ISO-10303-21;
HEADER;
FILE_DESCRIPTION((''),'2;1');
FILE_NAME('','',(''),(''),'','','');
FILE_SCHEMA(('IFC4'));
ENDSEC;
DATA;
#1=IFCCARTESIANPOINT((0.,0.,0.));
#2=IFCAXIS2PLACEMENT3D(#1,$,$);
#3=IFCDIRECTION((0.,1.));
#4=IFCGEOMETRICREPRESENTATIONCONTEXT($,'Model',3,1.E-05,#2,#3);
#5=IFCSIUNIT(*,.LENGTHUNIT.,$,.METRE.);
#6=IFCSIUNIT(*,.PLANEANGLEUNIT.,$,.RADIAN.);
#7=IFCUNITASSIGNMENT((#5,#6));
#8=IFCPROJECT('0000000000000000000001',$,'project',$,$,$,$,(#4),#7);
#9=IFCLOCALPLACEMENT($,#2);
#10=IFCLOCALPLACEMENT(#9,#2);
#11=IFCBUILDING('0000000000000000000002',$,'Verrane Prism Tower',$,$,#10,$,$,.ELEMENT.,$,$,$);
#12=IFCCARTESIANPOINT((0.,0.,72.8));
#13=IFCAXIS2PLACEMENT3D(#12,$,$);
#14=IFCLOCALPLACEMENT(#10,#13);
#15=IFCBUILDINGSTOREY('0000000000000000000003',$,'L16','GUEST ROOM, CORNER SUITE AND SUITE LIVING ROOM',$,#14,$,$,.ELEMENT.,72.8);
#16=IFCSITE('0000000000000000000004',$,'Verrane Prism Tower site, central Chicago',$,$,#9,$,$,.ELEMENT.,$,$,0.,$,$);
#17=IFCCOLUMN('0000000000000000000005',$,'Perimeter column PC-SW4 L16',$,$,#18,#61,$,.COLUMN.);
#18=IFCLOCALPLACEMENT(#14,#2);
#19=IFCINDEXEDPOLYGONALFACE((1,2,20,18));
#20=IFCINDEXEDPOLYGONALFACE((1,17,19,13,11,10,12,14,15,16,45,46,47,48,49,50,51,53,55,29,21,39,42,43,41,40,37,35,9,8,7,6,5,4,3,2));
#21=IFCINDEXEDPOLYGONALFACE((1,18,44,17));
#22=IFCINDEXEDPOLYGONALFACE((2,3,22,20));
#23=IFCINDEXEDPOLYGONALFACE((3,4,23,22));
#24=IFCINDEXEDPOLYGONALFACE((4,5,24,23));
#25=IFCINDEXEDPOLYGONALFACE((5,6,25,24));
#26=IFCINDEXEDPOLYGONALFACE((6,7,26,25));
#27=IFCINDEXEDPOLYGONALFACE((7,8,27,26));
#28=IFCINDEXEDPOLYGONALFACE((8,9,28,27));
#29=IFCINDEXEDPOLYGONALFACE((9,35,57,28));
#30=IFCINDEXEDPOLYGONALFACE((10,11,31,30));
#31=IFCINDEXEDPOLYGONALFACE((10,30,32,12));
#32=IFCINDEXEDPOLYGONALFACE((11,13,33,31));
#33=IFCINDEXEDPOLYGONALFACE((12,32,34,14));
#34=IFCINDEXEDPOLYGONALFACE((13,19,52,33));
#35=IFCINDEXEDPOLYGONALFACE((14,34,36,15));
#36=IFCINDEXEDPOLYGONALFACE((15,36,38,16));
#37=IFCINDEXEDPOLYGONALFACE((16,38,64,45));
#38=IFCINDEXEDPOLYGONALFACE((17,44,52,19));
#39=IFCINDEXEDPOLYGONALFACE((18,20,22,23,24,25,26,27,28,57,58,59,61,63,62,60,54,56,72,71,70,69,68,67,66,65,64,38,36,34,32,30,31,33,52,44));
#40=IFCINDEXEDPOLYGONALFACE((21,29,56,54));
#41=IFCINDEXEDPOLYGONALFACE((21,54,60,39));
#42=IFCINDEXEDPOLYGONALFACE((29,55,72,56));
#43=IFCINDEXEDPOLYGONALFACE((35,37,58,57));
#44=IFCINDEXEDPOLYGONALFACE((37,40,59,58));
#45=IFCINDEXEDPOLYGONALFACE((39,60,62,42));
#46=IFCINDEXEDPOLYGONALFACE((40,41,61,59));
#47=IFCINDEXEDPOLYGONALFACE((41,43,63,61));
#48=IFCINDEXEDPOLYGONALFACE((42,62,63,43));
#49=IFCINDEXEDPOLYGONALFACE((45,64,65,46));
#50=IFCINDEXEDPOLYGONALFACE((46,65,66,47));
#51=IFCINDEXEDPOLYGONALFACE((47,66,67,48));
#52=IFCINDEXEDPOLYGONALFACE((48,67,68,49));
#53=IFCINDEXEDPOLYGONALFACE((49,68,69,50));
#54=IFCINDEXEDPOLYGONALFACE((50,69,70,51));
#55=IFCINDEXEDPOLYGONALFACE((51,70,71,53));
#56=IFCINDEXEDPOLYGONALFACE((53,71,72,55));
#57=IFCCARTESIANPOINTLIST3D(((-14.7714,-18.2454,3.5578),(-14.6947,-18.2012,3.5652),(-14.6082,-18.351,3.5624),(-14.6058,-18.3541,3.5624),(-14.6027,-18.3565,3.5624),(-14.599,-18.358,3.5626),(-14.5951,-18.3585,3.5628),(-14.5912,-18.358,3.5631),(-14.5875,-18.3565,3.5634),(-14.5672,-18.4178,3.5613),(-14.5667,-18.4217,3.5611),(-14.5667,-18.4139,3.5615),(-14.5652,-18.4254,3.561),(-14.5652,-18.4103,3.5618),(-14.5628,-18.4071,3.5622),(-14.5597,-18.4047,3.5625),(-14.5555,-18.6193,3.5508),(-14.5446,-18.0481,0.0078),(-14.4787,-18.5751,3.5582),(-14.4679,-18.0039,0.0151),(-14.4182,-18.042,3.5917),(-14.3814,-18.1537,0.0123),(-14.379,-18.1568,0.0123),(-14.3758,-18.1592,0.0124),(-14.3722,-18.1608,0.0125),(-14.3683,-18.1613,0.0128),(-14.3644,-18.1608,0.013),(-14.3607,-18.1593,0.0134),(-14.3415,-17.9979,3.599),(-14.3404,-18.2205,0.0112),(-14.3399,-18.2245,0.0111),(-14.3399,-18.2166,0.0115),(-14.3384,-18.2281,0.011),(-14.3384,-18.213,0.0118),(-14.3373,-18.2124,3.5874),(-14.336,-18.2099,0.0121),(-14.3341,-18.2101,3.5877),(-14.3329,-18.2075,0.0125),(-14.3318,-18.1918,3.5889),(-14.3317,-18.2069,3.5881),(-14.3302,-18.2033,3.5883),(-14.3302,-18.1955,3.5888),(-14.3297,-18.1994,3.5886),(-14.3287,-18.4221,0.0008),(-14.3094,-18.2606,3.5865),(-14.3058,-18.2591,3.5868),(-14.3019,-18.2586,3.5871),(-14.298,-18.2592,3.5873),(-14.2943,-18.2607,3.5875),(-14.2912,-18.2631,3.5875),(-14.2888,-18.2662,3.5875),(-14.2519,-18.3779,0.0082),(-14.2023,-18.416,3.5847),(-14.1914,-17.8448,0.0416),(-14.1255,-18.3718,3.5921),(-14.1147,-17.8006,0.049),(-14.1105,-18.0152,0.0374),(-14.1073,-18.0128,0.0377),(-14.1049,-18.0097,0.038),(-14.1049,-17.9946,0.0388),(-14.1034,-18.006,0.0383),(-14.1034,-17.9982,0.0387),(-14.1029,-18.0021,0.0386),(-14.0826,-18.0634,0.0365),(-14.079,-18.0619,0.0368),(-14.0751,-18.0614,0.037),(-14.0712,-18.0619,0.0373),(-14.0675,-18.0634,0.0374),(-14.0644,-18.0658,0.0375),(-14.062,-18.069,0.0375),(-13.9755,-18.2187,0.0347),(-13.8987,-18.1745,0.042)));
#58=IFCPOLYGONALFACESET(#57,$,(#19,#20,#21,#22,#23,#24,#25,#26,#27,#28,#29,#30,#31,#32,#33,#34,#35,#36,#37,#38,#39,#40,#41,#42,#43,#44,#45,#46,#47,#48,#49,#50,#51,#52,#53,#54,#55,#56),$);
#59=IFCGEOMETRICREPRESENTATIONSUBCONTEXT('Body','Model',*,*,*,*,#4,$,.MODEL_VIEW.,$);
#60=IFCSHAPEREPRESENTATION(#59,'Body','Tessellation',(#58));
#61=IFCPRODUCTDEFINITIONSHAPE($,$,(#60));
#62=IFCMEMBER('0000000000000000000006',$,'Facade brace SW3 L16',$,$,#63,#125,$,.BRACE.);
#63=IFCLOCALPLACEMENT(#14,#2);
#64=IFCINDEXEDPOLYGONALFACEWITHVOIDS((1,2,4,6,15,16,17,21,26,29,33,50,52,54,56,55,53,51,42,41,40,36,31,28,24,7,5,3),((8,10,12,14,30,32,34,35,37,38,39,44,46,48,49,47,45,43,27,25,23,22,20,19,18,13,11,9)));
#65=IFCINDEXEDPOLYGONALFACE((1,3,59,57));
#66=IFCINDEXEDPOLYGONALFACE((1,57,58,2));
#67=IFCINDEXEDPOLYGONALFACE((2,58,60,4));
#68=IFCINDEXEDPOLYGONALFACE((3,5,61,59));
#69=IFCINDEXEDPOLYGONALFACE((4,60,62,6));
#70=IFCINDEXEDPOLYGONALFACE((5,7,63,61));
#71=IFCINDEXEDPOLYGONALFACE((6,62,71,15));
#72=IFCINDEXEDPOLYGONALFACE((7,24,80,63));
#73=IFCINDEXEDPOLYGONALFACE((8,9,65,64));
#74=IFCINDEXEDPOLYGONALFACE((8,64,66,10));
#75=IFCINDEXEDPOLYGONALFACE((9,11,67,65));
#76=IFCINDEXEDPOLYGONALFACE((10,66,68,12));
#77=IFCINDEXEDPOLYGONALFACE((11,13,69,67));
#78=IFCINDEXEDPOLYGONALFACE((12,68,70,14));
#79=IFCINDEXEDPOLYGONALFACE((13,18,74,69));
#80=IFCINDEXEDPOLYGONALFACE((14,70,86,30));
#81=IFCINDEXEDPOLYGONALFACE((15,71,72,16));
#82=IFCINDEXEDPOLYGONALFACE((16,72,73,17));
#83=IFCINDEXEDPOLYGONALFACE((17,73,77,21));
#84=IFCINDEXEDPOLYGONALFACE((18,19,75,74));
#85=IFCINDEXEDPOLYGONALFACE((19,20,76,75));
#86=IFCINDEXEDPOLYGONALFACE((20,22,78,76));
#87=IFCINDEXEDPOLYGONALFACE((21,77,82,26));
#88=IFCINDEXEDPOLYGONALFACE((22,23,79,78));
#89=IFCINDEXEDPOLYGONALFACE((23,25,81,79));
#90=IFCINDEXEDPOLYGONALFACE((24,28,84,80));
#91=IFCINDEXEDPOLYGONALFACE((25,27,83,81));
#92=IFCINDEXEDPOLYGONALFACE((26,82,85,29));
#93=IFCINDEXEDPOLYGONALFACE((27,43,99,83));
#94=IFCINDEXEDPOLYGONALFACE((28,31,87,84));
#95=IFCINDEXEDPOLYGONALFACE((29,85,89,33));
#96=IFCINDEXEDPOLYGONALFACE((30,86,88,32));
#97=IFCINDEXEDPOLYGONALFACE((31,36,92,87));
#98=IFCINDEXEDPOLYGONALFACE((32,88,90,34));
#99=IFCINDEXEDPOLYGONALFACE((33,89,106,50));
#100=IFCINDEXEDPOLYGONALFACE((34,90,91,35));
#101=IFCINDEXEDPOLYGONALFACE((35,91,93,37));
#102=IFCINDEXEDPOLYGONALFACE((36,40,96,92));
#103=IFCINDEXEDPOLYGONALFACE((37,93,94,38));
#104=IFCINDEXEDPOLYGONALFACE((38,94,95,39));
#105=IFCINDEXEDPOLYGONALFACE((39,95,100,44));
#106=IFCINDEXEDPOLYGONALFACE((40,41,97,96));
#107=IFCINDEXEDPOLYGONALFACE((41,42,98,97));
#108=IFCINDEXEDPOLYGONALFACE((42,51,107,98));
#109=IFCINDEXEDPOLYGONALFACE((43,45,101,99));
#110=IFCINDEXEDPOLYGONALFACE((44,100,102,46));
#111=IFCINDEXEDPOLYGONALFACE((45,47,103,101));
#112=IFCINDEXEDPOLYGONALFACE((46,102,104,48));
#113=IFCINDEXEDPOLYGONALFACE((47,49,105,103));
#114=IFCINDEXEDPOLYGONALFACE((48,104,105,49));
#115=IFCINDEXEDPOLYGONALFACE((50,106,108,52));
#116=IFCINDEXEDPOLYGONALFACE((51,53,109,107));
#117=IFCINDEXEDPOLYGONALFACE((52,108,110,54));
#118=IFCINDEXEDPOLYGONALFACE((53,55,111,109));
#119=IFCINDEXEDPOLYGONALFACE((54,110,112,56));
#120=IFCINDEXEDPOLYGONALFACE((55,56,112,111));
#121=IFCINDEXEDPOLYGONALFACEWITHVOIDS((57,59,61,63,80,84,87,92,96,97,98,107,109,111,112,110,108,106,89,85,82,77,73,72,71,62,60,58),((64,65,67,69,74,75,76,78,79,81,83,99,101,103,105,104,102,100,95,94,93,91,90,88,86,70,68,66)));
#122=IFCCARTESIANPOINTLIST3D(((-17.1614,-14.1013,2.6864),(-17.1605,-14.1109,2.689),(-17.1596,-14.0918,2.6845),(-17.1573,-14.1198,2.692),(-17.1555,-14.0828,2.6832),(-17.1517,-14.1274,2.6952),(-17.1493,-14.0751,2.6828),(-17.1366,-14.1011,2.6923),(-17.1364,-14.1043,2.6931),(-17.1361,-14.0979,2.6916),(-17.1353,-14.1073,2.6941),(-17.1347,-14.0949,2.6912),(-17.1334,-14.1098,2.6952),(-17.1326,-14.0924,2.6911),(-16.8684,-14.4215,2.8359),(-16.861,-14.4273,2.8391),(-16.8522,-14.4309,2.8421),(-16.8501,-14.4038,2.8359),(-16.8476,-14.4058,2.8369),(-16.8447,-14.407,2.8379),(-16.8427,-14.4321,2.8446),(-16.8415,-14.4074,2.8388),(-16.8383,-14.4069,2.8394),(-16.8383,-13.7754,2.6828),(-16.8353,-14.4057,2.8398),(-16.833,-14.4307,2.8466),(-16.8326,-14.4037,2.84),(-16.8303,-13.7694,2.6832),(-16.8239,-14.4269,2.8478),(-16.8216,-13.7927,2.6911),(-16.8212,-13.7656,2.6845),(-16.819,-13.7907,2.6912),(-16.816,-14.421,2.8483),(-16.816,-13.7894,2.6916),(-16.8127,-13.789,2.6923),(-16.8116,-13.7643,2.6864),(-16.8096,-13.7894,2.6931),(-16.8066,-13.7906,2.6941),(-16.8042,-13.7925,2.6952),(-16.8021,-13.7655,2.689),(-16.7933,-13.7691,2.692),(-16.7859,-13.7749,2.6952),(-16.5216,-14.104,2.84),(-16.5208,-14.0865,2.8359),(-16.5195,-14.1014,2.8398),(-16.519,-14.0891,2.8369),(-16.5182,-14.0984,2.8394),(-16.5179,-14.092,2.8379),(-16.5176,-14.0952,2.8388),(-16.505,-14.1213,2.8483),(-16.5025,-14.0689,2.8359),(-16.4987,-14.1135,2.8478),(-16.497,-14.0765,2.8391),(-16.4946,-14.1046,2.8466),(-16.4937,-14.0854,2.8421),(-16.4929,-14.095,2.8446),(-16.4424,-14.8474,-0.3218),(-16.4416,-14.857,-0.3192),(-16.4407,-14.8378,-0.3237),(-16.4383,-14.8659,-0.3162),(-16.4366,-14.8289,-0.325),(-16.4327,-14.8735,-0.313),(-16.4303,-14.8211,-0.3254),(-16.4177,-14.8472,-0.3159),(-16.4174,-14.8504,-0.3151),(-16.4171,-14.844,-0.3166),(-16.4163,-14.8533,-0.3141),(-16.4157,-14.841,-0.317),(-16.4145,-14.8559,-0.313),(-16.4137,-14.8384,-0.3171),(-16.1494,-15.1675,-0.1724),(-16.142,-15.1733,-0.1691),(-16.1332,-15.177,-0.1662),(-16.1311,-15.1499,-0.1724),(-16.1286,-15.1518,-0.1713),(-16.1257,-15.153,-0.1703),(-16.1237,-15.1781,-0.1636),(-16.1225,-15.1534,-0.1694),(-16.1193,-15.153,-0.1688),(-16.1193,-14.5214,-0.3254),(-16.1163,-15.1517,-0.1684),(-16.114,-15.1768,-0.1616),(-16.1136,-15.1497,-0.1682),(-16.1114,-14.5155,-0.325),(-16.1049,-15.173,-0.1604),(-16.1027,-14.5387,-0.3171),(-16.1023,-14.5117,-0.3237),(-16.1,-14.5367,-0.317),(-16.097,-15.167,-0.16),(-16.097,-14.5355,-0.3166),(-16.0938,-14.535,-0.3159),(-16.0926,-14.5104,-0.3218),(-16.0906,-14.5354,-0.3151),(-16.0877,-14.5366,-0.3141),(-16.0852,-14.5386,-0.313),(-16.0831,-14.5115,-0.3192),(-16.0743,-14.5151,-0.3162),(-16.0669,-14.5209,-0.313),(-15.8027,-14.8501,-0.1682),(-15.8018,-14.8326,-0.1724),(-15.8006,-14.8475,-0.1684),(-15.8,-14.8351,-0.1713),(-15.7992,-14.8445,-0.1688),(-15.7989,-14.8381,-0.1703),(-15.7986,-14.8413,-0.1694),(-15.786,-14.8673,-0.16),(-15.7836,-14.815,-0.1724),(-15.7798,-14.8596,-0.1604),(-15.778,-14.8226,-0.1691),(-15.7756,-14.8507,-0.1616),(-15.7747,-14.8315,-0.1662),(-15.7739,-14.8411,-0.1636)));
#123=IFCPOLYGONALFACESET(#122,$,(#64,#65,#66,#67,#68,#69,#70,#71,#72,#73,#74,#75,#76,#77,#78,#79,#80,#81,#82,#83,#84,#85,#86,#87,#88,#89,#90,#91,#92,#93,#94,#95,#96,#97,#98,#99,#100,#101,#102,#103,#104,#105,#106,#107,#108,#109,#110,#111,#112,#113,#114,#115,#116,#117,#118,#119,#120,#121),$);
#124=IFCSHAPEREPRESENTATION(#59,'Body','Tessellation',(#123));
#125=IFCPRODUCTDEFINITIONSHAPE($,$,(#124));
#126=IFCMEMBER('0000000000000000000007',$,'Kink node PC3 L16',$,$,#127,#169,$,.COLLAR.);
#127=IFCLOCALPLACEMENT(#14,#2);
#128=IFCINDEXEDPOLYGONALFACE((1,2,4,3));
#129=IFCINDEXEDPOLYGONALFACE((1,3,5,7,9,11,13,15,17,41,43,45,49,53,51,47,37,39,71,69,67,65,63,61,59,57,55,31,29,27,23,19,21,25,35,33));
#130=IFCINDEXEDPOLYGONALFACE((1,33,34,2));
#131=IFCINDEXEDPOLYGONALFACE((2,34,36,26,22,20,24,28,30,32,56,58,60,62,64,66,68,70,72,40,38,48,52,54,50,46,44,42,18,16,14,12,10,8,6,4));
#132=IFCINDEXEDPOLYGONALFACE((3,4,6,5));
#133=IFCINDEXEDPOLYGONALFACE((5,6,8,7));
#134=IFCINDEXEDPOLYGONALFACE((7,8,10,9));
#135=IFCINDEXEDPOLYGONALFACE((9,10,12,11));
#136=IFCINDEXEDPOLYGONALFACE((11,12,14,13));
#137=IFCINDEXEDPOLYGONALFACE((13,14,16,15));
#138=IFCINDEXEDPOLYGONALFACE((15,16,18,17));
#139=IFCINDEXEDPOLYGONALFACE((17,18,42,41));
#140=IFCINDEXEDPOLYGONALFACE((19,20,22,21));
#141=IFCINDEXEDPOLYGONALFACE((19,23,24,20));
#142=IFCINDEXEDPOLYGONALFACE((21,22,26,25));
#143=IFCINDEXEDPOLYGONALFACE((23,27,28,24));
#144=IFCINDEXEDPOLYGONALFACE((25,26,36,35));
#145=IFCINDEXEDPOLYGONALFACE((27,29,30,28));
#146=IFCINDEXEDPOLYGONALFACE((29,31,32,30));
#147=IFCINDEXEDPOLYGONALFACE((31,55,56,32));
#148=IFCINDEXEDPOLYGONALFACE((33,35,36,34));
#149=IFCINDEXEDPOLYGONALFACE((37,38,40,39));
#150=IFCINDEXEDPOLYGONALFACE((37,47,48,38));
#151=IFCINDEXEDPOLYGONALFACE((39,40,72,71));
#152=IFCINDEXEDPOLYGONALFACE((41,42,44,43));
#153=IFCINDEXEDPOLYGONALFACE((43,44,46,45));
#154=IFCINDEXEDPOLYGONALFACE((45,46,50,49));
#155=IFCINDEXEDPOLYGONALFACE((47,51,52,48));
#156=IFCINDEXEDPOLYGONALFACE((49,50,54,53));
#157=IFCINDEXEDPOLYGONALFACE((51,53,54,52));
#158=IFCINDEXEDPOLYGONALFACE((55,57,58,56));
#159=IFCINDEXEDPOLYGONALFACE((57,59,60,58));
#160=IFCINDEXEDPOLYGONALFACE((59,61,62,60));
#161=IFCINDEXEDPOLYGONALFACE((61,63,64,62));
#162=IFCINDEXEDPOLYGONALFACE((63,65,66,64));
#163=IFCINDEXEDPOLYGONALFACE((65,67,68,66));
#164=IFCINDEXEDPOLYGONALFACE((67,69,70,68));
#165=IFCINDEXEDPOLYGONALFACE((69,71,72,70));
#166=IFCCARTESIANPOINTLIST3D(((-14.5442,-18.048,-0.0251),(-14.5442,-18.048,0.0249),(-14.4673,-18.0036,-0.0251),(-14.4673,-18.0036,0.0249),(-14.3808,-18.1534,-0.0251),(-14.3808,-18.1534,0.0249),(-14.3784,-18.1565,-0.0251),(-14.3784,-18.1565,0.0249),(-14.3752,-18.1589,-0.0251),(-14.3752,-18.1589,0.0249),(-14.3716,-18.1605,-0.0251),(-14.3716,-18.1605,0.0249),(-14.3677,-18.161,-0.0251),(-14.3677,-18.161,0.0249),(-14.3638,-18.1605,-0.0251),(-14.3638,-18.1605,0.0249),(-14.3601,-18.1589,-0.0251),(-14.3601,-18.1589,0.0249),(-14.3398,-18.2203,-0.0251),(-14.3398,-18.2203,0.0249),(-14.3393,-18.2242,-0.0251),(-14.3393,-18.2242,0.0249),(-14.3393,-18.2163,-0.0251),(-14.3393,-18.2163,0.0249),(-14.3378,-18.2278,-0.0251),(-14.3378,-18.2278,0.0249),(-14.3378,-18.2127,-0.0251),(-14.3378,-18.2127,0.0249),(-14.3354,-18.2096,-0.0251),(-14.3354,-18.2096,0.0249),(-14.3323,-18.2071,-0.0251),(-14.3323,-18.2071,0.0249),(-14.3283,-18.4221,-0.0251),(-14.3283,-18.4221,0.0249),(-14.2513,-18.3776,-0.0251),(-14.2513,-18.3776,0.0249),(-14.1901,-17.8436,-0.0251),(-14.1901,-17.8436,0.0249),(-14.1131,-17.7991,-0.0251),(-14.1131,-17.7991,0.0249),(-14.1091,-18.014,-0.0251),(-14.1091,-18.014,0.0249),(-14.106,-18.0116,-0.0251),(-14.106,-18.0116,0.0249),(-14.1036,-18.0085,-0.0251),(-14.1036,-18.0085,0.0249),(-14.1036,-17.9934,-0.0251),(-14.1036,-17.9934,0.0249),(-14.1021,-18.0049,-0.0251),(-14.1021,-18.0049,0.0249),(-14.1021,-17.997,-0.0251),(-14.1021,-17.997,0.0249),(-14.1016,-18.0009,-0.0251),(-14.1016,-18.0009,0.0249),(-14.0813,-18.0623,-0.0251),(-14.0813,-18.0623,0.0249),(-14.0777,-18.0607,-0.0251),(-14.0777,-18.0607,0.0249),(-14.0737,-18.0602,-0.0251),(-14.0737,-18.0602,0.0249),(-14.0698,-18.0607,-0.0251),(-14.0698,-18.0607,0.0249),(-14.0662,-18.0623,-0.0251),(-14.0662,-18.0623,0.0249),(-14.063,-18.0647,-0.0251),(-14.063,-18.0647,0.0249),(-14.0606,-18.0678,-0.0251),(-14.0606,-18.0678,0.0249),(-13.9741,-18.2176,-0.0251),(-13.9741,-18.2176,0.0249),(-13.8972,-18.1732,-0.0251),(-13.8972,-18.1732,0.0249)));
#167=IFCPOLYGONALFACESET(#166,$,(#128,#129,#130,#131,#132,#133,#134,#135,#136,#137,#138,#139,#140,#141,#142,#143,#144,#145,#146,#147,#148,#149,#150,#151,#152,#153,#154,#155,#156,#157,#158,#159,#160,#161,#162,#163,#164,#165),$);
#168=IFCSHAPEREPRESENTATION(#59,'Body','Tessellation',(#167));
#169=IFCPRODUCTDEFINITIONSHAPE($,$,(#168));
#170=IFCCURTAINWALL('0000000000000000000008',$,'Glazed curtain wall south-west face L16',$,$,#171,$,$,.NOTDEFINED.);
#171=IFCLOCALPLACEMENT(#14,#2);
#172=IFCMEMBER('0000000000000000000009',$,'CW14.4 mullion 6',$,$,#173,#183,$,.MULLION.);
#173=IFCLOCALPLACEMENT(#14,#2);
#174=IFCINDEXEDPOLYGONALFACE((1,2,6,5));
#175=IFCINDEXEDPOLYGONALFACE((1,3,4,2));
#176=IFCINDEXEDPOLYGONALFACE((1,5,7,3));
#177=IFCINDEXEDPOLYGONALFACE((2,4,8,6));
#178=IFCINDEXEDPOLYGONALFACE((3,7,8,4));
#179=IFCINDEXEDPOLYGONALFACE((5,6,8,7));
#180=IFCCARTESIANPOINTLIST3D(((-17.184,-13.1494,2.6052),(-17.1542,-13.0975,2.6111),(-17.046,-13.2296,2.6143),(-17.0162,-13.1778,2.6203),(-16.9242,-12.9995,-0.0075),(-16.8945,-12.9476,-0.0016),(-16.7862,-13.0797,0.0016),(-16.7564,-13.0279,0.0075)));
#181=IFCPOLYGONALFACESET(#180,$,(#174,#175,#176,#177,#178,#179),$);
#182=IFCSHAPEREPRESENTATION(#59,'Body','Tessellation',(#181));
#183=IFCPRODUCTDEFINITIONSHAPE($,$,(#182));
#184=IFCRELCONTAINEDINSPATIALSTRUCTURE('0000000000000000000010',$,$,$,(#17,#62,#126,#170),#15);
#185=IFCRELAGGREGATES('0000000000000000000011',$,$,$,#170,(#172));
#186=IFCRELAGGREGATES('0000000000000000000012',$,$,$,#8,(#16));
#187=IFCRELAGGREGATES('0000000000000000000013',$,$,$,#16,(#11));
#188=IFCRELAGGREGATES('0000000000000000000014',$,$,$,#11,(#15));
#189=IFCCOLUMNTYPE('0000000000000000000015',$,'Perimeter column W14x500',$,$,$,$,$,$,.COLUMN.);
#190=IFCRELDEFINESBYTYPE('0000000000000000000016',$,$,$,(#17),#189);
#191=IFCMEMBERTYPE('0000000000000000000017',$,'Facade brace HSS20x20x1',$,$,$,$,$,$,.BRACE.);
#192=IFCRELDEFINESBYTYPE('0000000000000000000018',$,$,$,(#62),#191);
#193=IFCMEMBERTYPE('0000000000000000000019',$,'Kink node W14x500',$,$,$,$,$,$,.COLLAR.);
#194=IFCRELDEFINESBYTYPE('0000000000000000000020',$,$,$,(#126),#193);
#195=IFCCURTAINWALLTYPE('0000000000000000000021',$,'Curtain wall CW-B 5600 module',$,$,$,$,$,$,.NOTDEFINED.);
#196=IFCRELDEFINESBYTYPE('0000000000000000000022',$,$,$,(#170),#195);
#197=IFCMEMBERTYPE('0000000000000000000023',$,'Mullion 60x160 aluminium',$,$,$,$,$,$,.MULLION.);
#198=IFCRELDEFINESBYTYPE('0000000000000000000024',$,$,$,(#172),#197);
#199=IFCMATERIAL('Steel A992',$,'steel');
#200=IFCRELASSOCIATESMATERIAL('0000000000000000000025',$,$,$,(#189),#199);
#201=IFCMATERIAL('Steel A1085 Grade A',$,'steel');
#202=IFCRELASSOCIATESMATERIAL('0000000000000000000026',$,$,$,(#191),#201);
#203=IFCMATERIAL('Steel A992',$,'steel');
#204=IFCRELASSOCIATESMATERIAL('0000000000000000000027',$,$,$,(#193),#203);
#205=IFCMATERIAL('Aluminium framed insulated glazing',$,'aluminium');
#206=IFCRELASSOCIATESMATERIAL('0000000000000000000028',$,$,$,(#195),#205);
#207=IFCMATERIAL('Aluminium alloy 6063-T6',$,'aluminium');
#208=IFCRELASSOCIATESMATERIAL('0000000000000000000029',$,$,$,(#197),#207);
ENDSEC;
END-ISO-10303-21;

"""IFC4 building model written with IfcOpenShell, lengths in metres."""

from ifc_helpers import new_model, si_unit, direction, frame, origin, origin_2d, place, context, subcontext, project, spatial, rectangle, hollow_rectangle, i_section, extrude, material, material_profile, profile_set, type_object, element, aggregate, save


model = new_model("IFC4")

# Units and contexts
model_context = context("Model", 3, precision=1e-05, world=origin(), true_north=direction((0.0, 1.0)))
body_context = subcontext(model_context, "Body", "Model", "MODEL_VIEW")
ifc_project = project(units=[si_unit("LENGTHUNIT", "METRE"), si_unit("PLANEANGLEUNIT", "RADIAN")], contexts=[model_context])

# Site, building, storey
site_placement = place(None, origin())
site = spatial("IfcSite", under=ifc_project, at=site_placement, Name="Verrane Prism Tower site, central Chicago", CompositionType="ELEMENT", RefElevation=0.0)
building_placement = place(site_placement, origin())
building = spatial("IfcBuilding", under=site, at=building_placement, Name="Verrane Prism Tower", CompositionType="ELEMENT")
storey_placement = place(building_placement, frame((0.0, 0.0, 72.8)))
storey = spatial("IfcBuildingStorey", under=building, at=storey_placement, Name="L16", Description="GUEST ROOM, CORNER SUITE AND SUITE LIVING ROOM", CompositionType="ELEMENT", Elevation=72.8)

# Column
ifc_material_1 = material(Name="Steel A992", Category="steel")
ifc_material_profile_1 = material_profile(ifc_material_1, i_section(OverallWidth=0.4319, OverallDepth=0.4978, WebThickness=0.0557, FlangeThickness=0.0889, FilletRadius=0.0151, at=origin_2d()), Name="W14x500")
ifc_profile_set_1 = profile_set([ifc_material_profile_1], Name="Steel A992")
column_type = type_object("IfcColumnType", Name="Perimeter column W14x500", PredefinedType="COLUMN", material=ifc_profile_set_1)
column_placement = place(storey_placement, frame((-14.2217, -18.1113, 0.0249), z_axis=(-0.063661, -0.055369, 0.996434), x_axis=(-0.500027, 0.865859, 0.016167)))
element("IfcColumn", 1, at=column_placement, inside=storey, type_object=column_type, Name="Perimeter column PC-SW4 L16", PredefinedType="COLUMN", context=body_context, shape_type="SweptSolid", body=[
    extrude(i_section(OverallWidth=0.4319, OverallDepth=0.4978, WebThickness=0.0557, FlangeThickness=0.0889, FilletRadius=0.0151, at=origin_2d()), origin(), (0.0, 0.0, 1.0), 3.5627),
])

# Members
ifc_material_2 = material(Name="Steel A1085 Grade A", Category="steel")
ifc_material_profile_2 = material_profile(ifc_material_2, hollow_rectangle(XDim=0.5081, YDim=0.5081, WallThickness=0.0254, InnerFilletRadius=0.0127, OuterFilletRadius=0.0381, at=origin_2d()), Name="HSS20x20x1")
ifc_profile_set_2 = profile_set([ifc_material_profile_2], Name="Steel A1085 Grade A")
member_type_1 = type_object("IfcMemberType", Name="Facade brace HSS20x20x1", PredefinedType="BRACE", material=ifc_profile_set_2)
member_1_placement = place(storey_placement, frame((-16.1082, -14.8442, -0.2427), z_axis=(-0.225975, 0.234492, 0.945489), x_axis=(-0.720063, -0.693909, 0.0)))
element("IfcMember", 2, at=member_1_placement, inside=storey, type_object=member_type_1, Name="Facade brace SW3 L16", PredefinedType="BRACE", context=body_context, shape_type="SweptSolid", body=[
    extrude(hollow_rectangle(XDim=0.5081, YDim=0.5081, WallThickness=0.0254, InnerFilletRadius=0.0127, OuterFilletRadius=0.0381, at=origin_2d()), origin(), (0.0, 0.0, 1.0), 3.1816),
])
ifc_material_3 = material(Name="Steel A992", Category="steel")
ifc_material_profile_3 = material_profile(ifc_material_3, i_section(OverallWidth=0.4319, OverallDepth=0.4978, WebThickness=0.0557, FlangeThickness=0.0889, FilletRadius=0.0151, at=origin_2d()), Name="W14x500")
ifc_profile_set_3 = profile_set([ifc_material_profile_3], Name="Steel A992")
member_type_2 = type_object("IfcMemberType", Name="Kink node W14x500", PredefinedType="COLLAR", material=ifc_profile_set_3)
member_2_placement = place(storey_placement, frame((-14.2207, -18.1106, -0.0251), z_axis=(0.0, 0.0, 1.0), x_axis=(-0.5, 0.866025, 0.0)))
element("IfcMember", 3, at=member_2_placement, inside=storey, type_object=member_type_2, Name="Kink node PC3 L16", PredefinedType="COLLAR", context=body_context, shape_type="SweptSolid", body=[
    extrude(i_section(OverallWidth=0.4319, OverallDepth=0.4978, WebThickness=0.0557, FlangeThickness=0.0889, FilletRadius=0.0151, at=origin_2d()), origin(), (0.0, 0.0, 1.0), 0.05),
])

# Curtain wall, member
ifc_material_4 = material(Name="Aluminium framed insulated glazing", Category="aluminium")
curtain_wall_type = type_object("IfcCurtainWallType", Name="Curtain wall CW-B 5600 module", PredefinedType="NOTDEFINED", material=ifc_material_4)
curtain_wall_placement = place(storey_placement, origin())
curtain_wall = element("IfcCurtainWall", 4, at=curtain_wall_placement, inside=storey, type_object=curtain_wall_type, Name="Glazed curtain wall south-west face L16", PredefinedType="NOTDEFINED")
ifc_material_5 = material(Name="Aluminium alloy 6063-T6", Category="aluminium")
ifc_material_profile_4 = material_profile(ifc_material_5, rectangle(XDim=0.1599, YDim=0.0601, at=origin_2d()), Name="Mullion 60x160 aluminium")
ifc_profile_set_4 = profile_set([ifc_material_profile_4], Name="Aluminium alloy 6063-T6")
member_type_3 = type_object("IfcMemberType", Name="Mullion 60x160 aluminium", PredefinedType="MULLION", material=ifc_profile_set_4)
member_3_placement = place(storey_placement, frame((-16.8403, -13.0137, 0.0), z_axis=(-0.098772, -0.056998, 0.993476), x_axis=(0.863094, -0.501814, 0.057019)))
member_3 = element("IfcMember", 5, at=member_3_placement, type_object=member_type_3, Name="CW14.4 mullion 6", PredefinedType="MULLION", context=body_context, shape_type="SweptSolid", body=[
    extrude(rectangle(XDim=0.1599, YDim=0.0601, at=origin_2d()), origin(), (0.0, 0.0, 1.0), 2.6299),
])

aggregate(curtain_wall, [member_3])

save(model, "model.ifc")
